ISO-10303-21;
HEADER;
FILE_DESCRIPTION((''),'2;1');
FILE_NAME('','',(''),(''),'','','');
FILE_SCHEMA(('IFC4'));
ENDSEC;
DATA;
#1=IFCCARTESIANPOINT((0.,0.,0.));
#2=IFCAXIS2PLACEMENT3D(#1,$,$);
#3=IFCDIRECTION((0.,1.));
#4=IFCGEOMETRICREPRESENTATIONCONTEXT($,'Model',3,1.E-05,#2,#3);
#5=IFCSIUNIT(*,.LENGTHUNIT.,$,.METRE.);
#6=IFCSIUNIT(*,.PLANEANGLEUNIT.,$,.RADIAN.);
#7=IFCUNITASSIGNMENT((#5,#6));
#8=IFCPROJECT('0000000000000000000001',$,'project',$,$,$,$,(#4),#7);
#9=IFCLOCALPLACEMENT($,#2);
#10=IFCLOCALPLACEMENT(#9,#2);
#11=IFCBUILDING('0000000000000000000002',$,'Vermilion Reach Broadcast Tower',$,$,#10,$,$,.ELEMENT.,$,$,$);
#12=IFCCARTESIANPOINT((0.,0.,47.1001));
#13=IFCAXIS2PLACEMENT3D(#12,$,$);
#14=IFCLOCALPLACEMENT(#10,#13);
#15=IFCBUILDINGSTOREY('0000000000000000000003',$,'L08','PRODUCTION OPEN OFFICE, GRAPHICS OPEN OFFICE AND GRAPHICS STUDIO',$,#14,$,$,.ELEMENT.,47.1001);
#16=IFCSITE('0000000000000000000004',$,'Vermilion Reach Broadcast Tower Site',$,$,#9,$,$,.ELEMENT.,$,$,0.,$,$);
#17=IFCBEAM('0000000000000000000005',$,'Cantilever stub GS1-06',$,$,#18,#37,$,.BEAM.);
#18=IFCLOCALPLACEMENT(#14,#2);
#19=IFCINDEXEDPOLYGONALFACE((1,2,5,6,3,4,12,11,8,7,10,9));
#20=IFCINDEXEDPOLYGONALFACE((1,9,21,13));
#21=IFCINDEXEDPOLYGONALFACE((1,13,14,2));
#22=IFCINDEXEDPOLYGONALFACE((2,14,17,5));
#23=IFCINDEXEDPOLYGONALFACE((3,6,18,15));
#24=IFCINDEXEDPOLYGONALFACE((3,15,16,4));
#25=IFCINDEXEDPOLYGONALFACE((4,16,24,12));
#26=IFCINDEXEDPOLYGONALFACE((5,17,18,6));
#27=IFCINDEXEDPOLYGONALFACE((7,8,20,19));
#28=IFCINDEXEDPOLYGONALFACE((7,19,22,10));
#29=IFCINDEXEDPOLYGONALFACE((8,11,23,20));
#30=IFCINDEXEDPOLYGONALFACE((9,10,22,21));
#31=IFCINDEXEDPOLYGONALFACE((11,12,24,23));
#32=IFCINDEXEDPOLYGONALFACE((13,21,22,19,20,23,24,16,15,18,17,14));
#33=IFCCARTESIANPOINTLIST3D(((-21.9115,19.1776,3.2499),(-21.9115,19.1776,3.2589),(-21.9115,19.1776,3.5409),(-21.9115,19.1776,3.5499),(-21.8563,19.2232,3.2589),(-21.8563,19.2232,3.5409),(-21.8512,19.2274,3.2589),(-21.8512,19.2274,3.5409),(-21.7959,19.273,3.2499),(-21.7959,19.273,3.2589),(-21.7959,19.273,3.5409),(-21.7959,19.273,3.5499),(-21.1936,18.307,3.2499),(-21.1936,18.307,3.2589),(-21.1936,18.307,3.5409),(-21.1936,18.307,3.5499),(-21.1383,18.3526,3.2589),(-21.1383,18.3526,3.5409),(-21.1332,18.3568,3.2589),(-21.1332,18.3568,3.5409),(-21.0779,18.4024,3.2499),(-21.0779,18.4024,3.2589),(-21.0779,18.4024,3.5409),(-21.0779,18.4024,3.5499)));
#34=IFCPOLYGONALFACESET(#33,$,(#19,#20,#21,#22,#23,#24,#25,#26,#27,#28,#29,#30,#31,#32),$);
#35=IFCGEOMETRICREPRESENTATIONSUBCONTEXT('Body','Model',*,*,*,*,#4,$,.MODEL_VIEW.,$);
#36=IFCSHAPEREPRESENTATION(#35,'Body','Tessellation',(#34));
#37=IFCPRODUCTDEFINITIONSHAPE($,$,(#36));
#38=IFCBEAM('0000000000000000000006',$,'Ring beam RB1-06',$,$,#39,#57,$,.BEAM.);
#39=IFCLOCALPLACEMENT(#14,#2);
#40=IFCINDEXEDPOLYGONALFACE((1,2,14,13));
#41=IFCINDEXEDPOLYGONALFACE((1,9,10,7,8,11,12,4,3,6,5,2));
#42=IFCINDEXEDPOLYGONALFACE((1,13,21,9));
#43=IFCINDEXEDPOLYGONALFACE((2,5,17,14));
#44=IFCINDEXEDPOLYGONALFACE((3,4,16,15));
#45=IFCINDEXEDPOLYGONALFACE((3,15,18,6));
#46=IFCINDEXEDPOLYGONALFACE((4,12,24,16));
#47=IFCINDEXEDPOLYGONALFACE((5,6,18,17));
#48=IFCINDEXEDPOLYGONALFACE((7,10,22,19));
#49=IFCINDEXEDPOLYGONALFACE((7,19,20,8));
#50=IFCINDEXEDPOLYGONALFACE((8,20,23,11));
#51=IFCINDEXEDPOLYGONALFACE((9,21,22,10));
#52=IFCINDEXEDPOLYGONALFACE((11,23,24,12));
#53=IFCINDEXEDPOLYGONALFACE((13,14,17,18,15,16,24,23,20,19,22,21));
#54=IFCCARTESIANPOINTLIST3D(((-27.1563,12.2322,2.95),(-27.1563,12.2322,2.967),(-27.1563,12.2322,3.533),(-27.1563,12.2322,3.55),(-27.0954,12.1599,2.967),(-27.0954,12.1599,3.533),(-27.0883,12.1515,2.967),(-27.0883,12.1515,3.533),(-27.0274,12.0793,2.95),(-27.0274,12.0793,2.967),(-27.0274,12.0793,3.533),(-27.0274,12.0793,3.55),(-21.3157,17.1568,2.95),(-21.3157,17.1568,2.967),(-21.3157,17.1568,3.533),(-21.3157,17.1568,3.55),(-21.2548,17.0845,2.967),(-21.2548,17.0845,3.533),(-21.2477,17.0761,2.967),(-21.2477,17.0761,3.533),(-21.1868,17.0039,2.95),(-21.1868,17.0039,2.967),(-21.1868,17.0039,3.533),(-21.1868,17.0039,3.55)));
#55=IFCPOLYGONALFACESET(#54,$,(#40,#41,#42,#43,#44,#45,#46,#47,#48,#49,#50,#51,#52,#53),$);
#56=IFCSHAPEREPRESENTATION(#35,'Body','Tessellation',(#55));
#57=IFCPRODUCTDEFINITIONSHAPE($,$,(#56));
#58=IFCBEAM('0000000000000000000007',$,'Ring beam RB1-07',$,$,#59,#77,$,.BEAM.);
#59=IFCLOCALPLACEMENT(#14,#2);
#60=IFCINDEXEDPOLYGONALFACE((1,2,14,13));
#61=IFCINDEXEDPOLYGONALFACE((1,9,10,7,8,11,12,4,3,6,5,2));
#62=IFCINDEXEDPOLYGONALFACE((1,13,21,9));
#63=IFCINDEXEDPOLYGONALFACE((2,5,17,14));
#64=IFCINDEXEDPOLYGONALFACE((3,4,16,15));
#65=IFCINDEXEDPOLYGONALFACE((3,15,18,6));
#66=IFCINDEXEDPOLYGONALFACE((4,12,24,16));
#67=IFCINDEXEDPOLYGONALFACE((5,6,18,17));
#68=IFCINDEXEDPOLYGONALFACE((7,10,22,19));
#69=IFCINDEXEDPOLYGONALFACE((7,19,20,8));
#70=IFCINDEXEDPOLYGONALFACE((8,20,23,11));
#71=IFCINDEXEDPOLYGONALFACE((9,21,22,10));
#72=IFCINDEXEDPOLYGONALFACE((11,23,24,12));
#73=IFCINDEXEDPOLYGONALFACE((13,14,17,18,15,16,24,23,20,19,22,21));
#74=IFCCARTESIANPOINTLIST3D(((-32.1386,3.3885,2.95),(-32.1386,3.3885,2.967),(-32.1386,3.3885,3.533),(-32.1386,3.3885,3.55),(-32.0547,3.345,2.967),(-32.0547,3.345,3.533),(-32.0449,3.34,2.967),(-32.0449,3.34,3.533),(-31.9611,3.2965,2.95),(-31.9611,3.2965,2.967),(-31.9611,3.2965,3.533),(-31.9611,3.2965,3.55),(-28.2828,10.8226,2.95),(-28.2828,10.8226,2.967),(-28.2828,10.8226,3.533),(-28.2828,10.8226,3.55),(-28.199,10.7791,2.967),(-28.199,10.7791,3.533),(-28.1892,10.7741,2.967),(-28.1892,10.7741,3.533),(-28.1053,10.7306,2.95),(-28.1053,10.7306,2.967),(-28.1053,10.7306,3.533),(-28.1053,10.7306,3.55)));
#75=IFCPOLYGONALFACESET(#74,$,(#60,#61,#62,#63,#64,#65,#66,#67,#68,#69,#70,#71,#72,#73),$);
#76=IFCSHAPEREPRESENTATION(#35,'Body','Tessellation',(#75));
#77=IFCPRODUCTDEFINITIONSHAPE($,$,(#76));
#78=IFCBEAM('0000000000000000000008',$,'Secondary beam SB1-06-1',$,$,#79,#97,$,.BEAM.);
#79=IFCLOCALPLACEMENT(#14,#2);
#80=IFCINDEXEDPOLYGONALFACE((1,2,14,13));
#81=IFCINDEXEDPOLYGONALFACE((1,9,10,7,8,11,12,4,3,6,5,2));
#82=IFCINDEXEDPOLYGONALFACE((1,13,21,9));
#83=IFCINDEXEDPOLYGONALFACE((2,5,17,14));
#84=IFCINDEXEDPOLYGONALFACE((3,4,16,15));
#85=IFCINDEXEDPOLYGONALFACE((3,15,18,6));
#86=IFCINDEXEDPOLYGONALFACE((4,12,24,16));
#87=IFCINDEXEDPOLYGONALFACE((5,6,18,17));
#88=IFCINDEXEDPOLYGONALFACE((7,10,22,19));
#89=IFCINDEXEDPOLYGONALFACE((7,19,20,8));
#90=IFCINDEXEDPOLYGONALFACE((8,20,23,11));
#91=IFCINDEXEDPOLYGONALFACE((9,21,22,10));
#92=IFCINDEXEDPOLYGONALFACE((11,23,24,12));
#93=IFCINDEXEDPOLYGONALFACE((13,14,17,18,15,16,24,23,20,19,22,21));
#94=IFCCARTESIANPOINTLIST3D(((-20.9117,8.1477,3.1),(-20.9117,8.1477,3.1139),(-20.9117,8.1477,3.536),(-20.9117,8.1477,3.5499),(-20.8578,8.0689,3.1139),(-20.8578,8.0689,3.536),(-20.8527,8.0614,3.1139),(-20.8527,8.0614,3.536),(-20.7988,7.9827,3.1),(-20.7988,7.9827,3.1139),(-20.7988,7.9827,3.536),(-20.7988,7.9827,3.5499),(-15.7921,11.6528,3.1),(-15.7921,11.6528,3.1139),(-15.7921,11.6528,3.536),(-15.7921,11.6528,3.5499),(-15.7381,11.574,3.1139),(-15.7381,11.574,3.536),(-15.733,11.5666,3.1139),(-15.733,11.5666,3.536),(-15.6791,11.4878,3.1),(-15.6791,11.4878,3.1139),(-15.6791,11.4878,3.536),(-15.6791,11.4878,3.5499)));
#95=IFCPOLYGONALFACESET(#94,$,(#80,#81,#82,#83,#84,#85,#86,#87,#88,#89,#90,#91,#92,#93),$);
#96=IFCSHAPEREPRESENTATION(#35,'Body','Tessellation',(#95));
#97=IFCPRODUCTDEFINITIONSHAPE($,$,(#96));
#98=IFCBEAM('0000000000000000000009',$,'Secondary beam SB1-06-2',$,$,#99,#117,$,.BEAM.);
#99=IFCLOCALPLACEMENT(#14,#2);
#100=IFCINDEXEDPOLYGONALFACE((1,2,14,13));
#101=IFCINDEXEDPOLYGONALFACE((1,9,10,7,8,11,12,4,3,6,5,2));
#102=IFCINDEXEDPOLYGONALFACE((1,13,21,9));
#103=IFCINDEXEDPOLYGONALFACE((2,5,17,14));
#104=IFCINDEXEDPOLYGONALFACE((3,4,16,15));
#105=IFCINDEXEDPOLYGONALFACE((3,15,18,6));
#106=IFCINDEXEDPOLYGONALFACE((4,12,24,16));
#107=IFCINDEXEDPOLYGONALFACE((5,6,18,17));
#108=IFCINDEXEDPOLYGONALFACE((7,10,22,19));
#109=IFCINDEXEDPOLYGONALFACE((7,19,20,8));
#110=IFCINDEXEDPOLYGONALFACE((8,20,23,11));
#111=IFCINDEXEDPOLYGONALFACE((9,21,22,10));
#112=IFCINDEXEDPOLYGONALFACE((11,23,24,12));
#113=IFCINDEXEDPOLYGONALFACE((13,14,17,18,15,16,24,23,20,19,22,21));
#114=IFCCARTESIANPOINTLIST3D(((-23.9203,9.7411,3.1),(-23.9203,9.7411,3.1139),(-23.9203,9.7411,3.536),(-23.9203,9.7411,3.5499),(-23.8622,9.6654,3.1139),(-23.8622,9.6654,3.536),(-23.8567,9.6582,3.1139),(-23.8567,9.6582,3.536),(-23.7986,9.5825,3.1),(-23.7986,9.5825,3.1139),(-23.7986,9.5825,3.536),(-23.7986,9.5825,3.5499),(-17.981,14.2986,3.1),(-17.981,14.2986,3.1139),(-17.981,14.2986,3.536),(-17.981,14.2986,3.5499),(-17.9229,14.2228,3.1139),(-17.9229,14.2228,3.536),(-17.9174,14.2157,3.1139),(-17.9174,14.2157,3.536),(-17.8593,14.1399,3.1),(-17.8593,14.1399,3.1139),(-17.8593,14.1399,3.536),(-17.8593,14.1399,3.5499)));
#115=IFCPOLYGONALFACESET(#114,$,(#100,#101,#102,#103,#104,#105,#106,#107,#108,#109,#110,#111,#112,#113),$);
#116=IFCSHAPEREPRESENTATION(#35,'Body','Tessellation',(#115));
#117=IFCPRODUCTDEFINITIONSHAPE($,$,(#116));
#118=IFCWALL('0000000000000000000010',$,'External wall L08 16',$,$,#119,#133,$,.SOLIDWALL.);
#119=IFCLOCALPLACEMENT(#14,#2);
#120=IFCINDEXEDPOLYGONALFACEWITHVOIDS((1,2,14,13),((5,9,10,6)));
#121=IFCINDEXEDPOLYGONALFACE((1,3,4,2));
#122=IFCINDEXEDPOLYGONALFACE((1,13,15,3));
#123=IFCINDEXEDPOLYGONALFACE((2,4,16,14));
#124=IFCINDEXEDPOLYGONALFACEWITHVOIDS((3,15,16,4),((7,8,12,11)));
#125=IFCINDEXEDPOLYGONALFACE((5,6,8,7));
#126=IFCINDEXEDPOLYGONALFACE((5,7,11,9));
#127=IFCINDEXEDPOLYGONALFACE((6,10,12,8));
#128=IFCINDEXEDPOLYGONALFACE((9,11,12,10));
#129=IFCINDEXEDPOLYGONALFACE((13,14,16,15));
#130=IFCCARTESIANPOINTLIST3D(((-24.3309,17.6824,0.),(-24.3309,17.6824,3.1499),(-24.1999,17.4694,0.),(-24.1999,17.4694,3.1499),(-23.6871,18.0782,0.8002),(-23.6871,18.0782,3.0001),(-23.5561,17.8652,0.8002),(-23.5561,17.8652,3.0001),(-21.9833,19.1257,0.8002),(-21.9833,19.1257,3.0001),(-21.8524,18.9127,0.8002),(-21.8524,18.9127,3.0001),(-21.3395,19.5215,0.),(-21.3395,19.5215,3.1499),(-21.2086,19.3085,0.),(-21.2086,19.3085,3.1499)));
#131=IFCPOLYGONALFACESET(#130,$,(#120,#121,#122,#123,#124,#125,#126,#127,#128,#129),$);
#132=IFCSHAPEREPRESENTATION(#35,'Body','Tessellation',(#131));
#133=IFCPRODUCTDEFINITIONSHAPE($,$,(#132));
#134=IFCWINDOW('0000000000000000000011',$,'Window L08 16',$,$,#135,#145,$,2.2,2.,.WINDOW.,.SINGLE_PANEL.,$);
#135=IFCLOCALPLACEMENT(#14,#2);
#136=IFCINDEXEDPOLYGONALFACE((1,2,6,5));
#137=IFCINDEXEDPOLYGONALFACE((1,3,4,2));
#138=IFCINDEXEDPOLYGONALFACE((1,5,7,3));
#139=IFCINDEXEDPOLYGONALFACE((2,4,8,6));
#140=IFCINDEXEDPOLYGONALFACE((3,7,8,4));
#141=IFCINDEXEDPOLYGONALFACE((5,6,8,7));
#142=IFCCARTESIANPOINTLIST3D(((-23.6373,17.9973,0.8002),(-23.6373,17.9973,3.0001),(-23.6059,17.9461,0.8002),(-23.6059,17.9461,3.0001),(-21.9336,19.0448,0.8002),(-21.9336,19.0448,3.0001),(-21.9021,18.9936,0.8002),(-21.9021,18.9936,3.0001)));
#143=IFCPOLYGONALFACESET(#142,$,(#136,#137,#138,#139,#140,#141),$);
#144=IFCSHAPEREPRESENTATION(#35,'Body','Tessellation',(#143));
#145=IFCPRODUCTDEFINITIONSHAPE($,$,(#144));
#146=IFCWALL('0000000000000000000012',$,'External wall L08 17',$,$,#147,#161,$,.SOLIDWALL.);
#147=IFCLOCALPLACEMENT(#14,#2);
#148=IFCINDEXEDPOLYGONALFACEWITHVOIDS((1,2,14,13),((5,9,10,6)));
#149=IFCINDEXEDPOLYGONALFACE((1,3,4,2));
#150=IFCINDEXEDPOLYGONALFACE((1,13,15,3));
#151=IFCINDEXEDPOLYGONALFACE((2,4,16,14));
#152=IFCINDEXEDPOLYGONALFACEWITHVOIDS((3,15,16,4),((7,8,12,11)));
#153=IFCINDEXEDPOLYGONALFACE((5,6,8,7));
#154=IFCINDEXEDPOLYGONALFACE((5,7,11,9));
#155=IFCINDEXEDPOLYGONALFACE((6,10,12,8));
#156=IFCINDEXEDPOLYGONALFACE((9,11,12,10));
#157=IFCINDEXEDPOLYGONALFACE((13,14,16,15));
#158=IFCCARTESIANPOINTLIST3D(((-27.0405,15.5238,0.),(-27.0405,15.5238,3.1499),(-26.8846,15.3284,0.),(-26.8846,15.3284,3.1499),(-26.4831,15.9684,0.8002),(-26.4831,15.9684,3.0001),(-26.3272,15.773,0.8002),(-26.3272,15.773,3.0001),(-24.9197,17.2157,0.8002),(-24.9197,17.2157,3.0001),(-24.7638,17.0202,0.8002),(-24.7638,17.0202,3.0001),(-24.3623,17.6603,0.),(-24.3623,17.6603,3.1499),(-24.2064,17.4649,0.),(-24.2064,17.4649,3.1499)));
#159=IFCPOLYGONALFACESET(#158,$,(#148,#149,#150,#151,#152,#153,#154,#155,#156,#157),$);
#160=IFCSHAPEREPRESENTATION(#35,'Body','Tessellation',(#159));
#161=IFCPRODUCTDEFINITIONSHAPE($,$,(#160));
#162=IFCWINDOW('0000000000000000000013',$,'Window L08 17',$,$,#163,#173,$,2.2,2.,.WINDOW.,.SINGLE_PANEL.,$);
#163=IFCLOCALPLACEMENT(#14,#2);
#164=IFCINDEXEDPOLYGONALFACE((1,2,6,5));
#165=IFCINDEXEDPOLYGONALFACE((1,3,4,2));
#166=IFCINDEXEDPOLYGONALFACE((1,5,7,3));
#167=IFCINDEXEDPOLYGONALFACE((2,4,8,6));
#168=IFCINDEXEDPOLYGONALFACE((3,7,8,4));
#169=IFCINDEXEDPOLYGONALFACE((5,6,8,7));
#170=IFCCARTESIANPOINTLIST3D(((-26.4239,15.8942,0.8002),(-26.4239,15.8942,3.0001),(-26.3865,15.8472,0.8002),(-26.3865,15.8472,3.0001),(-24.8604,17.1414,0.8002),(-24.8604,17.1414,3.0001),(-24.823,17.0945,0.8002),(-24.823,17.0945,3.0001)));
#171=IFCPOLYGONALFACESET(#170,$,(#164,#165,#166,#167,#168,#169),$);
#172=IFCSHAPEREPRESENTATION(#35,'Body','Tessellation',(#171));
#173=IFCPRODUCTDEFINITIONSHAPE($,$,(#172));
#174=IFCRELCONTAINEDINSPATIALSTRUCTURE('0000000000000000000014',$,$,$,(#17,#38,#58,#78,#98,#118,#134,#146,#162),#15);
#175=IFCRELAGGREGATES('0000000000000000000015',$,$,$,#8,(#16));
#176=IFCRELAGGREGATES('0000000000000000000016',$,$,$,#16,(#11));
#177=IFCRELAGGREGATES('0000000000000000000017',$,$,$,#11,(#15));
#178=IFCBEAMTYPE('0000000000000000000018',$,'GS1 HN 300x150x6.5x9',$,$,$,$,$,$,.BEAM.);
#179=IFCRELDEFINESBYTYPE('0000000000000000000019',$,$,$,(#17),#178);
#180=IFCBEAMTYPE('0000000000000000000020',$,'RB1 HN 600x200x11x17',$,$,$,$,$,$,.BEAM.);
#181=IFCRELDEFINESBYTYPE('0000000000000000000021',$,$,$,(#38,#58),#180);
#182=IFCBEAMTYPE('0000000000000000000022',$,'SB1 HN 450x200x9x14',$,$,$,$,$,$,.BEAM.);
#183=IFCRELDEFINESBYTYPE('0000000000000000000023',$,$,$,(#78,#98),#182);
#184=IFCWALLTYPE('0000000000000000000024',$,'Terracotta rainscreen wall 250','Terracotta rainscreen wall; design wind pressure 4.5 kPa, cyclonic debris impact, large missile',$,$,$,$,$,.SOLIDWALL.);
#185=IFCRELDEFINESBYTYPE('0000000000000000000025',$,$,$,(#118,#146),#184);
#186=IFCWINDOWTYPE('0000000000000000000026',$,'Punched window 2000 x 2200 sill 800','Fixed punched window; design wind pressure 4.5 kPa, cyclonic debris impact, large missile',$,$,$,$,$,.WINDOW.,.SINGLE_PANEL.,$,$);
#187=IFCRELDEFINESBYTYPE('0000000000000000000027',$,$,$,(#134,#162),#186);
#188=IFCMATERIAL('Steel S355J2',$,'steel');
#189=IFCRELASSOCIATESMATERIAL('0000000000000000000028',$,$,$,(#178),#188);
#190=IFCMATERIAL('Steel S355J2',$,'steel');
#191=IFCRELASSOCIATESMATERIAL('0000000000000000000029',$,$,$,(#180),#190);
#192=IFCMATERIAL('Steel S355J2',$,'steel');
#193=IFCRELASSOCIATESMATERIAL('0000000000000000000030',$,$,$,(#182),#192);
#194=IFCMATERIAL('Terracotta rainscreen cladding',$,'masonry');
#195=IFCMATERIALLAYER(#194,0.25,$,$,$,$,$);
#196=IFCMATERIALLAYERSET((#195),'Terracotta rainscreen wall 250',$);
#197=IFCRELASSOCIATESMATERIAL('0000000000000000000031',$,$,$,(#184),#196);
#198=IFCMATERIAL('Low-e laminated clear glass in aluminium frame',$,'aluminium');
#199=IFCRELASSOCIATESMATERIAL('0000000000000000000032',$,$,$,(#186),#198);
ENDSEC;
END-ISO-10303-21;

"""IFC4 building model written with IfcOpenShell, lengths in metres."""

from ifc_helpers import new_model, si_unit, direction, frame, frame_2d, origin, origin_2d, place, context, subcontext, project, spatial, rectangle, i_section, extrude, material, layer, layer_set, material_profile, profile_set, type_object, element, fill, save


model = new_model("IFC4")

# Units and contexts
model_context = context("Model", 3, precision=1e-05, world=origin(), true_north=direction((0.0, 1.0)))
body_context = subcontext(model_context, "Body", "Model", "MODEL_VIEW")
ifc_project = project(units=[si_unit("LENGTHUNIT", "METRE"), si_unit("PLANEANGLEUNIT", "RADIAN")], contexts=[model_context])

# Site, building, storey
site_placement = place(None, origin())
site = spatial("IfcSite", under=ifc_project, at=site_placement, Name="Vermilion Reach Broadcast Tower Site", CompositionType="ELEMENT", RefElevation=0.0)
building_placement = place(site_placement, origin())
building = spatial("IfcBuilding", under=site, at=building_placement, Name="Vermilion Reach Broadcast Tower", CompositionType="ELEMENT")
storey_placement = place(building_placement, frame((0.0, 0.0, 47.1001)))
storey = spatial("IfcBuildingStorey", under=building, at=storey_placement, Name="L08", Description="PRODUCTION OPEN OFFICE, GRAPHICS OPEN OFFICE AND GRAPHICS STUDIO", CompositionType="ELEMENT", Elevation=47.1001)

# Beams
ifc_material_1 = material(Name="Steel S355J2", Category="steel")
ifc_material_profile_1 = material_profile(ifc_material_1, i_section(OverallWidth=0.1499, OverallDepth=0.3, WebThickness=0.0066, FlangeThickness=0.009, at=origin_2d()), Name="S355J2 HN 300x150x6.5x9")
ifc_profile_set_1 = profile_set([ifc_material_profile_1], Name="Steel S355J2")
beam_type_1 = type_object("IfcBeamType", Name="GS1 HN 300x150x6.5x9", PredefinedType="BEAM", material=ifc_profile_set_1)
beam_1_placement = place(storey_placement, frame((-21.1357, 18.3547, 3.3999), z_axis=(-0.636261, 0.771474, 0.0), x_axis=(-0.771474, -0.636261, 0.0)))
element("IfcBeam", 1, at=beam_1_placement, inside=storey, type_object=beam_type_1, Name="Cantilever stub GS1-06", PredefinedType="BEAM", context=body_context, shape_type="SweptSolid", body=[
    extrude(i_section(OverallWidth=0.1499, OverallDepth=0.3, WebThickness=0.0066, FlangeThickness=0.009, at=origin_2d()), origin(), (0.0, 0.0, 1.0), 1.1284),
])
ifc_material_2 = material(Name="Steel S355J2", Category="steel")
ifc_material_profile_2 = material_profile(ifc_material_2, i_section(OverallWidth=0.2, OverallDepth=0.6001, WebThickness=0.011, FlangeThickness=0.0171, at=origin_2d()), Name="S355J2 HN 600x200x11x17")
ifc_profile_set_2 = profile_set([ifc_material_profile_2], Name="Steel S355J2")
beam_type_2 = type_object("IfcBeamType", Name="RB1 HN 600x200x11x17", PredefinedType="BEAM", material=ifc_profile_set_2)
beam_2_placement = place(storey_placement, frame((-21.2512, 17.0803, 3.25), z_axis=(-0.764512, -0.644609, 0.0), x_axis=(0.644609, -0.764512, 0.0)))
element("IfcBeam", 2, at=beam_2_placement, inside=storey, type_object=beam_type_2, Name="Ring beam RB1-06", PredefinedType="BEAM", context=body_context, shape_type="SweptSolid", body=[
    extrude(i_section(OverallWidth=0.2, OverallDepth=0.6001, WebThickness=0.011, FlangeThickness=0.0171, at=origin_2d()), origin(), (0.0, 0.0, 1.0), 7.6396),
])
beam_3_placement = place(storey_placement, frame((-28.1941, 10.7766, 3.25), z_axis=(-0.460412, -0.887706, 0.0), x_axis=(0.887706, -0.460412, 0.0)))
element("IfcBeam", 3, at=beam_3_placement, inside=storey, type_object=beam_type_2, Name="Ring beam RB1-07", PredefinedType="BEAM", context=body_context, shape_type="SweptSolid", body=[
    extrude(i_section(OverallWidth=0.2, OverallDepth=0.6001, WebThickness=0.011, FlangeThickness=0.0171, at=origin_2d()), origin(), (0.0, 0.0, 1.0), 8.3745),
])
ifc_material_3 = material(Name="Steel S355J2", Category="steel")
ifc_material_profile_3 = material_profile(ifc_material_3, i_section(OverallWidth=0.2, OverallDepth=0.45, WebThickness=0.009, FlangeThickness=0.0139, at=origin_2d()), Name="S355J2 HN 450x200x9x14")
ifc_profile_set_3 = profile_set([ifc_material_profile_3], Name="Steel S355J2")
beam_type_3 = type_object("IfcBeamType", Name="SB1 HN 450x200x9x14", PredefinedType="BEAM", material=ifc_profile_set_3)
beam_4_placement = place(storey_placement, frame((-15.7356, 11.5703, 3.325), z_axis=(-0.82514, -0.564928, 0.0), x_axis=(0.564928, -0.82514, 0.0)))
element("IfcBeam", 4, at=beam_4_placement, inside=storey, type_object=beam_type_3, Name="Secondary beam SB1-06-1", PredefinedType="BEAM", context=body_context, shape_type="SweptSolid", body=[
    extrude(i_section(OverallWidth=0.2, OverallDepth=0.45, WebThickness=0.009, FlangeThickness=0.0139, at=origin_2d()), origin(), (0.0, 0.0, 1.0), 6.2046),
])
beam_5_placement = place(storey_placement, frame((-17.9202, 14.2192, 3.325), z_axis=(-0.79335, -0.608766, 0.0), x_axis=(0.608766, -0.79335, 0.0)))
element("IfcBeam", 5, at=beam_5_placement, inside=storey, type_object=beam_type_3, Name="Secondary beam SB1-06-2", PredefinedType="BEAM", context=body_context, shape_type="SweptSolid", body=[
    extrude(i_section(OverallWidth=0.2, OverallDepth=0.45, WebThickness=0.009, FlangeThickness=0.0139, at=origin_2d()), origin(), (0.0, 0.0, 1.0), 7.4863),
])

# Shared definitions
ifc_material_4 = material(Name="Terracotta rainscreen cladding", Category="masonry")
ifc_layer_1 = layer(ifc_material_4, 0.25)
ifc_layer_set_1 = layer_set([ifc_layer_1], Name="Terracotta rainscreen wall 250")
wall_type_1 = type_object("IfcWallType", Name="Terracotta rainscreen wall 250", Description="Terracotta rainscreen wall; design wind pressure 4.5 kPa, cyclonic debris impact, large missile", PredefinedType="SOLIDWALL", material=ifc_layer_set_1)

# Walls, openings, windows
wall_1_placement = place(storey_placement, frame((-21.2739, 19.415, 0.0), z_axis=(0.0, 0.0, 1.0), x_axis=(-0.851885, -0.523729, 0.0)))
wall_1 = element("IfcWall", 6, at=wall_1_placement, inside=storey, type_object=wall_type_1, Name="External wall L08 16", PredefinedType="SOLIDWALL", context=body_context, shape_type="SweptSolid", body=[
    extrude(rectangle(XDim=3.5115, YDim=0.25, at=frame_2d((1.7559, 0.0))), origin(), (0.0, 0.0, 1.0), 3.1499),
])
opening_1_placement = place(wall_1_placement, frame((0.7559, 0.0, 0.8)))
opening_1 = element("IfcOpeningElement", 7, at=opening_1_placement, cuts=wall_1, PredefinedType="OPENING", context=body_context, shape_type="SweptSolid", body=[
    extrude(rectangle(XDim=2.0, YDim=2.2, at=frame_2d((1.0, 1.1001))), frame((0.0, 0.135, 0.0), z_axis=(0.0, -1.0, 0.0), x_axis=(1.0, 0.0, 0.0)), (0.0, 0.0, 1.0), 0.27),
])
ifc_material_5 = material(Name="Low-e laminated clear glass in aluminium frame", Category="aluminium")
window_type = type_object("IfcWindowType", Name="Punched window 2000 x 2200 sill 800", Description="Fixed punched window; design wind pressure 4.5 kPa, cyclonic debris impact, large missile", PartitioningType="SINGLE_PANEL", PredefinedType="WINDOW", material=ifc_material_5)
window_1_placement = place(opening_1_placement, origin())
window_1 = element("IfcWindow", 8, at=window_1_placement, inside=storey, type_object=window_type, Name="Window L08 16", OverallHeight=2.2, OverallWidth=2.0, PartitioningType="SINGLE_PANEL", PredefinedType="WINDOW", context=body_context, shape_type="SweptSolid", body=[
    extrude(rectangle(XDim=2.0, YDim=2.2, at=frame_2d((1.0, 1.1001))), frame((0.0, 0.03, 0.0), z_axis=(0.0, -1.0, 0.0), x_axis=(1.0, 0.0, 0.0)), (0.0, 0.0, 1.0), 0.0601),
])
fill(opening_1, window_1)
wall_2_placement = place(storey_placement, frame((-24.2844, 17.5625, 0.0), z_axis=(0.0, 0.0, 1.0), x_axis=(-0.781737, -0.623608, 0.0)))
wall_2 = element("IfcWall", 9, at=wall_2_placement, inside=storey, type_object=wall_type_1, Name="External wall L08 17", PredefinedType="SOLIDWALL", context=body_context, shape_type="SweptSolid", body=[
    extrude(rectangle(XDim=3.426, YDim=0.25, at=frame_2d((1.7129, 0.0))), origin(), (0.0, 0.0, 1.0), 3.1499),
])
opening_2_placement = place(wall_2_placement, frame((0.7129, 0.0, 0.8)))
opening_2 = element("IfcOpeningElement", 10, at=opening_2_placement, cuts=wall_2, PredefinedType="OPENING", context=body_context, shape_type="SweptSolid", body=[
    extrude(rectangle(XDim=2.0, YDim=2.2, at=frame_2d((1.0, 1.1001))), frame((0.0, 0.135, 0.0), z_axis=(0.0, -1.0, 0.0), x_axis=(1.0, 0.0, 0.0)), (0.0, 0.0, 1.0), 0.27),
])
window_2_placement = place(opening_2_placement, origin())
window_2 = element("IfcWindow", 11, at=window_2_placement, inside=storey, type_object=window_type, Name="Window L08 17", OverallHeight=2.2, OverallWidth=2.0, PartitioningType="SINGLE_PANEL", PredefinedType="WINDOW", context=body_context, shape_type="SweptSolid", body=[
    extrude(rectangle(XDim=2.0, YDim=2.2, at=frame_2d((1.0, 1.1001))), frame((0.0, 0.03, 0.0), z_axis=(0.0, -1.0, 0.0), x_axis=(1.0, 0.0, 0.0)), (0.0, 0.0, 1.0), 0.0601),
])
fill(opening_2, window_2)

save(model, "model.ifc")
